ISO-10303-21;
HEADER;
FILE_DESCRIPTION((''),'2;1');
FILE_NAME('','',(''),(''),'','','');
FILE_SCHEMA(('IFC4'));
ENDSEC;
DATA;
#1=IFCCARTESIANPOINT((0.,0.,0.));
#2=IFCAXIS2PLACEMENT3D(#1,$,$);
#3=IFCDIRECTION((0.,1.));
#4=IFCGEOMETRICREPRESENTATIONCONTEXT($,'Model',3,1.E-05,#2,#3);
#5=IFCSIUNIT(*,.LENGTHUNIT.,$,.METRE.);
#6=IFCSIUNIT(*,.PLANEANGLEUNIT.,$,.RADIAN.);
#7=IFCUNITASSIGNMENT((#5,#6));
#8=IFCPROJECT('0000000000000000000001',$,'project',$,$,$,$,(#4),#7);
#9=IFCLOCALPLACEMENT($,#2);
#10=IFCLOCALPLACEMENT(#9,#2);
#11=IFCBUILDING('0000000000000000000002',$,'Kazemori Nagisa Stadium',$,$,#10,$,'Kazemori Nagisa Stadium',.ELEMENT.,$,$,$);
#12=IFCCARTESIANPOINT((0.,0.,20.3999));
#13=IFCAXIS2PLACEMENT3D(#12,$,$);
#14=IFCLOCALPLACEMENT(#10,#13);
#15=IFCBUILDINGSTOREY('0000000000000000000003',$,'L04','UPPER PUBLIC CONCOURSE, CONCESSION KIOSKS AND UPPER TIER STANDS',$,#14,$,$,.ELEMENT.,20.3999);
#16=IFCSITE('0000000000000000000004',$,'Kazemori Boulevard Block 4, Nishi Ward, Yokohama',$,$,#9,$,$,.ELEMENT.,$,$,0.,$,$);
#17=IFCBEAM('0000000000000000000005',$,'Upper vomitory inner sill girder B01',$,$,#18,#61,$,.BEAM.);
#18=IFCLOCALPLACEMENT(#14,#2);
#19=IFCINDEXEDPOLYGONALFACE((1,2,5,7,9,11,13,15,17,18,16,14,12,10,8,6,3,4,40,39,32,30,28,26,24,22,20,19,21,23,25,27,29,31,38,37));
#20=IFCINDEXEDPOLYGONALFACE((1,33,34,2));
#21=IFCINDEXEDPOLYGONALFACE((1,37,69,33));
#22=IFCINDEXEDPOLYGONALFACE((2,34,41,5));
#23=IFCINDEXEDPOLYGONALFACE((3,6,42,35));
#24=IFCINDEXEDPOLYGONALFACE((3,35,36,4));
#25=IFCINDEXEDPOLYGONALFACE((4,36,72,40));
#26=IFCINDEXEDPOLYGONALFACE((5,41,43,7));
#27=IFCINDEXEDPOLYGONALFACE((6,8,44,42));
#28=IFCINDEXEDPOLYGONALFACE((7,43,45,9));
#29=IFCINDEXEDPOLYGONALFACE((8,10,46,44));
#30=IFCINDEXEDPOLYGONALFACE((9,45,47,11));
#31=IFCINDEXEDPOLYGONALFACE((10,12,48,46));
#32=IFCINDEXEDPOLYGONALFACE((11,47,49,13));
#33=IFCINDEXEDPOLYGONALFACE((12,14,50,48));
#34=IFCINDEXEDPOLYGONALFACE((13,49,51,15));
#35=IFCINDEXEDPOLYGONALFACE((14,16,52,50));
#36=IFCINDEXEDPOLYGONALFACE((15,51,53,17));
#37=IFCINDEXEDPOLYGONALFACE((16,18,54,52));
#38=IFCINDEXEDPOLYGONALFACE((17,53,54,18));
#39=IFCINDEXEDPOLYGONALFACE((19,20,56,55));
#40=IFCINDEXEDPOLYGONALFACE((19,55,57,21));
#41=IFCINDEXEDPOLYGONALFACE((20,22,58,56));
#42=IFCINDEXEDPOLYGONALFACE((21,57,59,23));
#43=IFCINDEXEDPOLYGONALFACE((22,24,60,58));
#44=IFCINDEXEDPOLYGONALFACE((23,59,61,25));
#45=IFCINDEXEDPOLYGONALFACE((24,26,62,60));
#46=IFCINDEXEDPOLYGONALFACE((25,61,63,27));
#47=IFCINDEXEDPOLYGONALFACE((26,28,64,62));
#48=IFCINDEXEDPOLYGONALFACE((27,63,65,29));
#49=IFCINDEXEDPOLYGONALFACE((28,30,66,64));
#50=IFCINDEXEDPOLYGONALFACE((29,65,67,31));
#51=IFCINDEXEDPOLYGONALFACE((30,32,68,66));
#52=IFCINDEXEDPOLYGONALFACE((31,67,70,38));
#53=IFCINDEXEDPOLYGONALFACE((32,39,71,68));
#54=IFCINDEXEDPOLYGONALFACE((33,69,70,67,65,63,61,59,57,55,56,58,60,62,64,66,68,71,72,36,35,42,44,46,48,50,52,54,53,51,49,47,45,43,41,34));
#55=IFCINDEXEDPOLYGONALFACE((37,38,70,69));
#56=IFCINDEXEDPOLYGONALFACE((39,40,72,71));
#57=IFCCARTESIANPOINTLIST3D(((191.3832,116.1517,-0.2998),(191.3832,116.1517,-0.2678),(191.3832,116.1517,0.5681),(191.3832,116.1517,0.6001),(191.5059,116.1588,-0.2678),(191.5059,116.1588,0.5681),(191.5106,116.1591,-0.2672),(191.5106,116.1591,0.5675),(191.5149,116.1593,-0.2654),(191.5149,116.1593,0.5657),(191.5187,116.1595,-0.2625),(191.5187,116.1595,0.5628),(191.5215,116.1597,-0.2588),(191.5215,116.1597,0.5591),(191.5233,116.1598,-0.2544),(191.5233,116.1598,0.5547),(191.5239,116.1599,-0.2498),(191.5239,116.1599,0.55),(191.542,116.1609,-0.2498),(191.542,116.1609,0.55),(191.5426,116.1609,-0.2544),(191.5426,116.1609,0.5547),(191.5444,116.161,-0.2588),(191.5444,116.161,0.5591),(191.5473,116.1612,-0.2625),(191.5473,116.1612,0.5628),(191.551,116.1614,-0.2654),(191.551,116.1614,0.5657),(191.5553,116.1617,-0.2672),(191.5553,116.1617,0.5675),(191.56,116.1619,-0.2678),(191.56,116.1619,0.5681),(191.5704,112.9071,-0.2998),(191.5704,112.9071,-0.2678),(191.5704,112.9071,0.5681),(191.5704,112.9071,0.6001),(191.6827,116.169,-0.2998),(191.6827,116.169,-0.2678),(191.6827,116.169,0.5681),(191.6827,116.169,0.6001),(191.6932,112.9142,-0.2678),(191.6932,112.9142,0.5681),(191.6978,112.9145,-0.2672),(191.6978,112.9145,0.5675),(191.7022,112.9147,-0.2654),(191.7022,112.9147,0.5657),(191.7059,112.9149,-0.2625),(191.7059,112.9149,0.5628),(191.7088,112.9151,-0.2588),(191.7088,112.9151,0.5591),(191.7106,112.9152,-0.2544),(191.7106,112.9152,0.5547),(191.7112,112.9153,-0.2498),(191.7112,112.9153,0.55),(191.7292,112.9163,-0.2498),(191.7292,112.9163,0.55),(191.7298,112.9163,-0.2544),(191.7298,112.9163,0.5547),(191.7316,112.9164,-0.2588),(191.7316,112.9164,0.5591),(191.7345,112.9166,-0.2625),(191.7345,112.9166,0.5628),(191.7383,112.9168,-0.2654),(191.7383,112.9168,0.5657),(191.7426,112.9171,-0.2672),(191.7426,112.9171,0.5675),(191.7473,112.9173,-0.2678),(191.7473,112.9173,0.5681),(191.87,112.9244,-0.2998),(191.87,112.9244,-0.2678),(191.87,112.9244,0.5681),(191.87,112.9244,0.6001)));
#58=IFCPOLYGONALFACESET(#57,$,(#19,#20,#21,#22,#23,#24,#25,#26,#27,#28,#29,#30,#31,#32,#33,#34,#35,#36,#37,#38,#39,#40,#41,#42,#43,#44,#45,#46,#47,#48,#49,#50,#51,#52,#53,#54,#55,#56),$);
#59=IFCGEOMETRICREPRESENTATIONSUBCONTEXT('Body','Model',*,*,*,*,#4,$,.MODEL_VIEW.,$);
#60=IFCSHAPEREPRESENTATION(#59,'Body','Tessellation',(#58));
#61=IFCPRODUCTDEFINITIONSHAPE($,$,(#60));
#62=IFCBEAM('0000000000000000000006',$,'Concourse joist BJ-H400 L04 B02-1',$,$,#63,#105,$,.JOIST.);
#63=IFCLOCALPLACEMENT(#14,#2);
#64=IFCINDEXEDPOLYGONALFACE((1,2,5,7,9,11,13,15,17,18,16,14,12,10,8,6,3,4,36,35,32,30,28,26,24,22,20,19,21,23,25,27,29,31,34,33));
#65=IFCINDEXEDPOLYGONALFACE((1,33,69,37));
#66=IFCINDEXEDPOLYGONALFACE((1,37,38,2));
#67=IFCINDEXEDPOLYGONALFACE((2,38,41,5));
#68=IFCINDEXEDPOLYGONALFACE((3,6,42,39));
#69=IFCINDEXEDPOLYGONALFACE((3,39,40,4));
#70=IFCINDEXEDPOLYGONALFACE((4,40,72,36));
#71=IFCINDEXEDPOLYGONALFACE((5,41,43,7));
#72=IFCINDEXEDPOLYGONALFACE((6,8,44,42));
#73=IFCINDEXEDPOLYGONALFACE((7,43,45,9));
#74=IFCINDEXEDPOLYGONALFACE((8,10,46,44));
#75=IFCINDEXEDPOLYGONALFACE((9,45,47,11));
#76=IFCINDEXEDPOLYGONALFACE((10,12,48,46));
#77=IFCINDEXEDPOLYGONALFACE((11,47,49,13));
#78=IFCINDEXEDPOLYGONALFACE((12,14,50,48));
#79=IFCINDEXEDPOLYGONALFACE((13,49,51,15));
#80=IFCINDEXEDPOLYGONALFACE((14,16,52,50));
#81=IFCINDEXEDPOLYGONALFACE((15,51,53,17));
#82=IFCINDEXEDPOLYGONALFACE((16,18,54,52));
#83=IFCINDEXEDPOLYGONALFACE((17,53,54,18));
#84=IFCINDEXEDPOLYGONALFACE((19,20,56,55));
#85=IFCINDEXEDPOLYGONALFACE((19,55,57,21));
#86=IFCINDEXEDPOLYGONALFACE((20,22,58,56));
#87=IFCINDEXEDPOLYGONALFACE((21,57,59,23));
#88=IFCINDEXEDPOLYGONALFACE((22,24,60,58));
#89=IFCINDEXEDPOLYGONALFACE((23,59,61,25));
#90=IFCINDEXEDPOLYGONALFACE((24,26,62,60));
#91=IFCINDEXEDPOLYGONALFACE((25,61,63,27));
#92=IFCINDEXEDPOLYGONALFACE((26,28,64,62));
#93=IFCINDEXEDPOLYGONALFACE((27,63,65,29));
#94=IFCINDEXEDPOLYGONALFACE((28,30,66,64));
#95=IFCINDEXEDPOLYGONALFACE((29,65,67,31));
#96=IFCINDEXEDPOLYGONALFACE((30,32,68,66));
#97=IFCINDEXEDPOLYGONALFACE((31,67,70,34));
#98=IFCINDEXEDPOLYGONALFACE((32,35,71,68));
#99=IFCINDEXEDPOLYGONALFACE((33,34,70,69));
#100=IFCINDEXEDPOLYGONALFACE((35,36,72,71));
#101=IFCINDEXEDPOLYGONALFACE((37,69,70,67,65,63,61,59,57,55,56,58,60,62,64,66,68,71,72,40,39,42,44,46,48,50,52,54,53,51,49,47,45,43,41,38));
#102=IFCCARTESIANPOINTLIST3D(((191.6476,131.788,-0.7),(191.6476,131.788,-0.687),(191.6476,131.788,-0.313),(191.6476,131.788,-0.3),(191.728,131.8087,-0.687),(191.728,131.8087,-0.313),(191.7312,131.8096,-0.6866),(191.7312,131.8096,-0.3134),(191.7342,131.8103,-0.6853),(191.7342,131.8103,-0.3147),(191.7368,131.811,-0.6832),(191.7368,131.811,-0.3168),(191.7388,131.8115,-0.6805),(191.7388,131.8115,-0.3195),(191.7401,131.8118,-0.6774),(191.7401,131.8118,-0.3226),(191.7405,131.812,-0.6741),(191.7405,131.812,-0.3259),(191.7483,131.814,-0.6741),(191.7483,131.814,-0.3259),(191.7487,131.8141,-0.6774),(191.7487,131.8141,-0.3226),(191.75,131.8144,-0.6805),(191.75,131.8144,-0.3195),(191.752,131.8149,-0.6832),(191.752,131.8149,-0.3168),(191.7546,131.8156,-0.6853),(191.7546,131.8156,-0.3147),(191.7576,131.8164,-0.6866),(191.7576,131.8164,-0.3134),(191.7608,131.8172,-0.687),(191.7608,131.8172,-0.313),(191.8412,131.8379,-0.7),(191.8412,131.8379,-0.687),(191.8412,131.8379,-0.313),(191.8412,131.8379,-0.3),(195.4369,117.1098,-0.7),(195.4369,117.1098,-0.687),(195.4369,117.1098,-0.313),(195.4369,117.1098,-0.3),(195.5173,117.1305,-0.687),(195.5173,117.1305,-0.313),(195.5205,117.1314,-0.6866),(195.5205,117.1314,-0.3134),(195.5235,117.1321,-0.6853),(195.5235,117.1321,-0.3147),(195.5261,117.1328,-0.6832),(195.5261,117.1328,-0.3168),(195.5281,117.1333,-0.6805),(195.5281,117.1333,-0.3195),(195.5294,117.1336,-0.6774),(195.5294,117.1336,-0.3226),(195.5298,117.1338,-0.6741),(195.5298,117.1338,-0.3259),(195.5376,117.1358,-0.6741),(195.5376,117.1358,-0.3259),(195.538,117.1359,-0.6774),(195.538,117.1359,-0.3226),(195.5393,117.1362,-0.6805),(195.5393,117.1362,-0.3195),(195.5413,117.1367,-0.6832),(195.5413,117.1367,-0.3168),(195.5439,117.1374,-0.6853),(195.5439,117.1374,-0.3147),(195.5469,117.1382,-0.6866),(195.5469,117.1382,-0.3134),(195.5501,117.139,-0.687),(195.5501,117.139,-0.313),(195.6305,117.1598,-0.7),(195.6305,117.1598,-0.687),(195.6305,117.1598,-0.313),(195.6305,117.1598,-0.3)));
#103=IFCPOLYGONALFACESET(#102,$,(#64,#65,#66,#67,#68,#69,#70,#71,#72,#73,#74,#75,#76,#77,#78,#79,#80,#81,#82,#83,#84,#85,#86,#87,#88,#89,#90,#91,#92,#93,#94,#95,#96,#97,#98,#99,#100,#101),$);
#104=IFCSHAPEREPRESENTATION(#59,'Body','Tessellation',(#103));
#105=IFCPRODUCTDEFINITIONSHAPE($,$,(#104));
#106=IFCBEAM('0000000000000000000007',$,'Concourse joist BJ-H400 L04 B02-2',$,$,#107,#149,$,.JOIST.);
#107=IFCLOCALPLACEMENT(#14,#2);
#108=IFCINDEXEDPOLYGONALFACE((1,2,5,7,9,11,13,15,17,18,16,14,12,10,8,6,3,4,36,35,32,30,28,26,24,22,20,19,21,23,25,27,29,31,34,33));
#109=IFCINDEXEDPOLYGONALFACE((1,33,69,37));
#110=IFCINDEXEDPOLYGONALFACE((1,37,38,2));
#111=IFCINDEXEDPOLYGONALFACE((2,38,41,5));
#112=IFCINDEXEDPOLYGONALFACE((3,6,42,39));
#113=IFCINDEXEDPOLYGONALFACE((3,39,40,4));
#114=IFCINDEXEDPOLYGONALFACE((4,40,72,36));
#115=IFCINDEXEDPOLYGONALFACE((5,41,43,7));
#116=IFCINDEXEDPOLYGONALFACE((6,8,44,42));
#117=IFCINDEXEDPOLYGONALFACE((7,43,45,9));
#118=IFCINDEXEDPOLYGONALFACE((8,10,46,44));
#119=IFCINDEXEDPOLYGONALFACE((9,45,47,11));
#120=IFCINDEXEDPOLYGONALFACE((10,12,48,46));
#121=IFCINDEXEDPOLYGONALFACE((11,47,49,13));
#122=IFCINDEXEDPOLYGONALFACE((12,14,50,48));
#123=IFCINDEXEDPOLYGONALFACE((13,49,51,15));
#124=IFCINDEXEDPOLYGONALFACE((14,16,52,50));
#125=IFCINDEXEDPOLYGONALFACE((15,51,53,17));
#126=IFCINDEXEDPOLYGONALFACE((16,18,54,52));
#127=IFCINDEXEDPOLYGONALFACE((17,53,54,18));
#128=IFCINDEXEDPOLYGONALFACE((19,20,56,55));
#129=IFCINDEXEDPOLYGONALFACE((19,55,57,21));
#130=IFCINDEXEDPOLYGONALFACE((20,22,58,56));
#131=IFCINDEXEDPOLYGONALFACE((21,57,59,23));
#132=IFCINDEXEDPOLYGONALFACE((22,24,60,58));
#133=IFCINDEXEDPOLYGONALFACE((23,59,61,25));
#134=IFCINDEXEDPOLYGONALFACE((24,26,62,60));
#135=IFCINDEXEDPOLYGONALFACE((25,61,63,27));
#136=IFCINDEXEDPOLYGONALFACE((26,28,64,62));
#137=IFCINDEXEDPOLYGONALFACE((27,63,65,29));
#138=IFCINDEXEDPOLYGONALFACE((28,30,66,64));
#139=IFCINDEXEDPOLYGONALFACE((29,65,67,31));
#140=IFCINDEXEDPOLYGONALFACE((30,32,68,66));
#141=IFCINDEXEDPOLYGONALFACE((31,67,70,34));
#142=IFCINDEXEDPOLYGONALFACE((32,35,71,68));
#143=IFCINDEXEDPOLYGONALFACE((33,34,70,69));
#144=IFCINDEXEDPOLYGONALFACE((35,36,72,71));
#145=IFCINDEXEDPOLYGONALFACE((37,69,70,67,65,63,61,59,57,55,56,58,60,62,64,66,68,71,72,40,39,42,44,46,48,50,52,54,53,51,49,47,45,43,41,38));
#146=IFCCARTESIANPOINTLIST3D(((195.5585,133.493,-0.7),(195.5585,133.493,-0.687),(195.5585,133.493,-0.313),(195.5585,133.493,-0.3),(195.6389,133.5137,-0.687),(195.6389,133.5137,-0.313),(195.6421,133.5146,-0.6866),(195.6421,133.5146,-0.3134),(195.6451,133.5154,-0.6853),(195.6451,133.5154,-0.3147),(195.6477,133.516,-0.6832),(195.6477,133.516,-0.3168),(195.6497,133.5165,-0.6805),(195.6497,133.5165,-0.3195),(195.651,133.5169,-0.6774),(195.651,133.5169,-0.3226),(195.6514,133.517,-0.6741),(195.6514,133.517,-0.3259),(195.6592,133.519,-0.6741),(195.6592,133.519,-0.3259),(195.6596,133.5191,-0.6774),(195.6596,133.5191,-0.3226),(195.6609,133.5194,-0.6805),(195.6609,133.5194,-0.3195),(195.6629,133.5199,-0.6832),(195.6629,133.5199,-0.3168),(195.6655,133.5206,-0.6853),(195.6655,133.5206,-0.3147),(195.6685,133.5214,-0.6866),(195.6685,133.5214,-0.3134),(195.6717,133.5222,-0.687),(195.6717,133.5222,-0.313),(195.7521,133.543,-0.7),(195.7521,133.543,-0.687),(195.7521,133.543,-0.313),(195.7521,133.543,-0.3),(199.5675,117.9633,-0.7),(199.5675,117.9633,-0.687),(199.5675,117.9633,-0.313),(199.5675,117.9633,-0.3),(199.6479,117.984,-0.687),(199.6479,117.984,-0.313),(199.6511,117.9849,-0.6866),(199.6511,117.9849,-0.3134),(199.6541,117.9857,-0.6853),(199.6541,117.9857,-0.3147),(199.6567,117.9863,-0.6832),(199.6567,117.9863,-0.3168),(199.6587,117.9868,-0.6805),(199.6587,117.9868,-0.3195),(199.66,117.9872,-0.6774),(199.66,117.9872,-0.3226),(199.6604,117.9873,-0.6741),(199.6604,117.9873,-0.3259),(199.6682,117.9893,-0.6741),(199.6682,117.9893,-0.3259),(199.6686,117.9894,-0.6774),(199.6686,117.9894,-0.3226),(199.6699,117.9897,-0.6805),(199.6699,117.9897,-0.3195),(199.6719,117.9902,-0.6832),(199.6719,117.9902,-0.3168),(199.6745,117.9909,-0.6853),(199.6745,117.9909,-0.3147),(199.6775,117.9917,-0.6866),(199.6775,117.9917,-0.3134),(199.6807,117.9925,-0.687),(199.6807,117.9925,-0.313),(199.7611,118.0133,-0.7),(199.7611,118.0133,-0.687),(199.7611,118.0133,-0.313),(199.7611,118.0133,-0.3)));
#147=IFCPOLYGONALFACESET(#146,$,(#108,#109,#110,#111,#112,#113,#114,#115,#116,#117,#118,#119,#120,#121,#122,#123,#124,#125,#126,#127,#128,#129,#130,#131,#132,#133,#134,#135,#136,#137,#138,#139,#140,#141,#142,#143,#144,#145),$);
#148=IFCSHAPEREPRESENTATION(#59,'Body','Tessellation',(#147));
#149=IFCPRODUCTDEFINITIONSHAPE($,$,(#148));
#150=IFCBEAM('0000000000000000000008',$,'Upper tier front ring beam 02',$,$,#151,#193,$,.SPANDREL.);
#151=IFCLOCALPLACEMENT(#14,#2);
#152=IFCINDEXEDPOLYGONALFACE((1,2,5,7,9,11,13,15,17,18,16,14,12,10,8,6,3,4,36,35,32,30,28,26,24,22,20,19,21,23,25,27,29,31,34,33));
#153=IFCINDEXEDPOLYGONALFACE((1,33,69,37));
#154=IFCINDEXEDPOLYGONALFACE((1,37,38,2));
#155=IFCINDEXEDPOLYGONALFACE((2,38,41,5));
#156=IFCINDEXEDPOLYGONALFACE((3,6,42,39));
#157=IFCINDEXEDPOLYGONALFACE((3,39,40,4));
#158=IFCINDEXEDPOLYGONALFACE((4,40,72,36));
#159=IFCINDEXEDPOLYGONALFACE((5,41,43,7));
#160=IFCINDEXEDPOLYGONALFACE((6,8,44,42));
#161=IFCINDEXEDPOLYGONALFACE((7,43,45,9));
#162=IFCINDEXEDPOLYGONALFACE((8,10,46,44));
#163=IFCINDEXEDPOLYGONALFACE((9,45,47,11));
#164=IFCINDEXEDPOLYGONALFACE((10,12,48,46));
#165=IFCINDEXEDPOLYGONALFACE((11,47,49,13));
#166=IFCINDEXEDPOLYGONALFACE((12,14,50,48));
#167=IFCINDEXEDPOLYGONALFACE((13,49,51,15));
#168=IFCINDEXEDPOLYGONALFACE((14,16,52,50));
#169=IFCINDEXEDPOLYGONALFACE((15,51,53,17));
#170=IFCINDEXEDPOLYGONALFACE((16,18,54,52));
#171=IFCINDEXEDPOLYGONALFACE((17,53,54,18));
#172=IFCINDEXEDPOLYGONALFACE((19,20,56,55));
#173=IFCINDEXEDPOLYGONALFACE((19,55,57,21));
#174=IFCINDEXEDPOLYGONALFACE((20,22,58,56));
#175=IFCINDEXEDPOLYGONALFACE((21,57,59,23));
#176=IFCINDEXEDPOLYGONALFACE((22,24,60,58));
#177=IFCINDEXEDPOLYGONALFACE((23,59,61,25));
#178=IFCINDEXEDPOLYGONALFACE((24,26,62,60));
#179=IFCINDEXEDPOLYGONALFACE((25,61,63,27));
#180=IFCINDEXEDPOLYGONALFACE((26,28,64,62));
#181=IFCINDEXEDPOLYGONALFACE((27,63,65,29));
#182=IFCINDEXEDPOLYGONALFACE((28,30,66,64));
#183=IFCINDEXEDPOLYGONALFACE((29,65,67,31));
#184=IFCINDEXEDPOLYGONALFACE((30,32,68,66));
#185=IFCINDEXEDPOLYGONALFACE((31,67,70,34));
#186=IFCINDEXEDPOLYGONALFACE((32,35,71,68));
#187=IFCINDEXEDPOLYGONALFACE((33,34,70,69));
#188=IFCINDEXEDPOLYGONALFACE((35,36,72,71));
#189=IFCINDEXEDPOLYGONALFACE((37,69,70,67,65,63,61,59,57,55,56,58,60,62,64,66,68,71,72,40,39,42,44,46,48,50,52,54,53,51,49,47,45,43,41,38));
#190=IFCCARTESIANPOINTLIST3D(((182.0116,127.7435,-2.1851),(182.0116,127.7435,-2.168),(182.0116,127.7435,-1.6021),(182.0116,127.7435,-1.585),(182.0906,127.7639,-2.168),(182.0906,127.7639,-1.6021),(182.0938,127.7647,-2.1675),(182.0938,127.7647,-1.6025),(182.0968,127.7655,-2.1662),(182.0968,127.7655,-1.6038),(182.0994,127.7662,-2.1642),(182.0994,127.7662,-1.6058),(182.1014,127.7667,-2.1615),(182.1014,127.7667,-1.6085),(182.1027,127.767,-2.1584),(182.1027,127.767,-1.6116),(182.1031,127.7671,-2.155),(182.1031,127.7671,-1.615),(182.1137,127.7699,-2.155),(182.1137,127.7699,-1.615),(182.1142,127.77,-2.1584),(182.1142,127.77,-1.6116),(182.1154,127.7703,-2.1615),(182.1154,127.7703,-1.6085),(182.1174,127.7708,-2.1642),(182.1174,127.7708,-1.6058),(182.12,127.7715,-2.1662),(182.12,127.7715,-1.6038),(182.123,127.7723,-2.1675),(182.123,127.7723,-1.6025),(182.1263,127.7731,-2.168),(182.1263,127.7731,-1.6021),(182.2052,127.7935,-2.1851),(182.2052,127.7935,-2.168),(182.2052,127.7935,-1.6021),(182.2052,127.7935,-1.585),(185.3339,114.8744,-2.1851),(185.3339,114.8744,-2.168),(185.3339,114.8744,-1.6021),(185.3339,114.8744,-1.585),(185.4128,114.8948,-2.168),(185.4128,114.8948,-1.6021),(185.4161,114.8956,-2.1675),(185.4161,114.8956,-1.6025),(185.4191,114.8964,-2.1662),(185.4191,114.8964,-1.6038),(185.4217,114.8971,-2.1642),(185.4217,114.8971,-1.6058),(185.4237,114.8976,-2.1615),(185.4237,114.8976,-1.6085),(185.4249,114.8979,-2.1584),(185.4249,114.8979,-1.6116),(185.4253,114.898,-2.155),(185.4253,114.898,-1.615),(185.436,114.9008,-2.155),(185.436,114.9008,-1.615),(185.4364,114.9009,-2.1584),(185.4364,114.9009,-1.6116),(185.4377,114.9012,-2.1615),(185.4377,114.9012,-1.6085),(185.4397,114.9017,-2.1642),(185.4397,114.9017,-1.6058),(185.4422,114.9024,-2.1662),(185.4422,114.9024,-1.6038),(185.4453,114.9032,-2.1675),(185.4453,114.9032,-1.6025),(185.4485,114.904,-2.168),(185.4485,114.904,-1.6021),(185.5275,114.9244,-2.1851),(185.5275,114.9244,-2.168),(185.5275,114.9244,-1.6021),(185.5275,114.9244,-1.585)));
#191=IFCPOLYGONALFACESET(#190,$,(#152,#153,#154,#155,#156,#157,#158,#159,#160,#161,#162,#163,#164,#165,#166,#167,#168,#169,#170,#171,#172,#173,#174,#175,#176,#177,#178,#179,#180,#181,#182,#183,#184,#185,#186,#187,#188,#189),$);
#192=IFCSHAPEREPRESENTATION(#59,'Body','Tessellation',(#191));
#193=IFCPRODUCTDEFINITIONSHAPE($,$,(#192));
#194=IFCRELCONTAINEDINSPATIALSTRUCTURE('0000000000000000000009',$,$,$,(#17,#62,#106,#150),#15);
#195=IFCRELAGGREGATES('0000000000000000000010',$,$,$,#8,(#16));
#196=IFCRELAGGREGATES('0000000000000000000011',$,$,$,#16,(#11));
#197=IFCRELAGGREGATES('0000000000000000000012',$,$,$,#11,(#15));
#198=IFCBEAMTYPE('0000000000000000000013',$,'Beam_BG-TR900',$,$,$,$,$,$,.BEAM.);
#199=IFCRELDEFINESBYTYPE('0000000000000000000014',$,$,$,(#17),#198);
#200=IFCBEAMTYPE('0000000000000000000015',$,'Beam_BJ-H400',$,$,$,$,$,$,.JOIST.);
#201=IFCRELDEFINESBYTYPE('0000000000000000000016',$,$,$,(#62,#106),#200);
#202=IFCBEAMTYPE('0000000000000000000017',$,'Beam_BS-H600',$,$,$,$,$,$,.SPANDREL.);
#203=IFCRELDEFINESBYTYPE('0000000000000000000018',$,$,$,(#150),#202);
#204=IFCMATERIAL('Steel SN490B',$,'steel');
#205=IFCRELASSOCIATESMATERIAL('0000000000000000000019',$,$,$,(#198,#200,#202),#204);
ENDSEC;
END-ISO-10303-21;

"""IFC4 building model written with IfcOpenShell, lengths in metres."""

from ifc_helpers import new_model, si_unit, direction, frame, origin, origin_2d, place, context, subcontext, project, spatial, i_section, extrude, material, material_profile, profile_set, type_object, element, save


model = new_model("IFC4")

# Units and contexts
model_context = context("Model", 3, precision=1e-05, world=origin(), true_north=direction((0.0, 1.0)))
body_context = subcontext(model_context, "Body", "Model", "MODEL_VIEW")
ifc_project = project(units=[si_unit("LENGTHUNIT", "METRE"), si_unit("PLANEANGLEUNIT", "RADIAN")], contexts=[model_context])

# Site, building, storey
site_placement = place(None, origin())
site = spatial("IfcSite", under=ifc_project, at=site_placement, Name="Kazemori Boulevard Block 4, Nishi Ward, Yokohama", CompositionType="ELEMENT", RefElevation=0.0)
building_placement = place(site_placement, origin())
building = spatial("IfcBuilding", under=site, at=building_placement, Name="Kazemori Nagisa Stadium", LongName="Kazemori Nagisa Stadium", CompositionType="ELEMENT")
storey_placement = place(building_placement, frame((0.0, 0.0, 20.3999)))
storey = spatial("IfcBuildingStorey", under=building, at=storey_placement, Name="L04", Description="UPPER PUBLIC CONCOURSE, CONCESSION KIOSKS AND UPPER TIER STANDS", CompositionType="ELEMENT", Elevation=20.3999)

# Beams
ifc_material_1 = material(Name="Steel SN490B", Category="steel")
ifc_material_profile_1 = material_profile(ifc_material_1, i_section(OverallWidth=0.3, OverallDepth=0.8999, WebThickness=0.0181, FlangeThickness=0.032, FilletRadius=0.0181, at=origin_2d()), Name="H-900x300x18x32")
ifc_profile_set_1 = profile_set([ifc_material_profile_1], Name="Steel SN490B")
beam_type_1 = type_object("IfcBeamType", Name="Beam_BG-TR900", PredefinedType="BEAM", material=ifc_profile_set_1)
beam_1_placement = place(storey_placement, frame((191.7202, 112.9158, 0.1501), z_axis=(-0.057617, 0.998339, 0.0), x_axis=(-0.998339, -0.057617, 0.0)))
element("IfcBeam", 1, at=beam_1_placement, inside=storey, type_object=beam_type_1, Name="Upper vomitory inner sill girder B01", PredefinedType="BEAM", context=body_context, shape_type="SweptSolid", body=[
    extrude(i_section(OverallWidth=0.3, OverallDepth=0.8999, WebThickness=0.0181, FlangeThickness=0.032, FilletRadius=0.0181, at=origin_2d()), origin(), (0.0, 0.0, 1.0), 3.25),
])
ifc_material_profile_2 = material_profile(ifc_material_1, i_section(OverallWidth=0.2, OverallDepth=0.3999, WebThickness=0.0081, FlangeThickness=0.0129, FilletRadius=0.0129, at=origin_2d()), Name="H-400x200x8x13")
ifc_profile_set_2 = profile_set([ifc_material_profile_2], Name="Steel SN490B")
beam_type_2 = type_object("IfcBeamType", Name="Beam_BJ-H400", PredefinedType="JOIST", material=ifc_profile_set_2)
beam_2_placement = place(storey_placement, frame((195.5337, 117.1348, -0.5), z_axis=(-0.249963, 0.968255, 0.0), x_axis=(-0.968255, -0.249963, 0.0)))
element("IfcBeam", 2, at=beam_2_placement, inside=storey, type_object=beam_type_2, Name="Concourse joist BJ-H400 L04 B02-1", PredefinedType="JOIST", context=body_context, shape_type="SweptSolid", body=[
    extrude(i_section(OverallWidth=0.2, OverallDepth=0.3999, WebThickness=0.0081, FlangeThickness=0.0129, FilletRadius=0.0129, at=origin_2d()), origin(), (0.0, 0.0, 1.0), 15.1594),
])
beam_3_placement = place(storey_placement, frame((199.6643, 117.9883, -0.5), z_axis=(-0.249957, 0.968257, 0.0), x_axis=(-0.968257, -0.249957, 0.0)))
element("IfcBeam", 3, at=beam_3_placement, inside=storey, type_object=beam_type_2, Name="Concourse joist BJ-H400 L04 B02-2", PredefinedType="JOIST", context=body_context, shape_type="SweptSolid", body=[
    extrude(i_section(OverallWidth=0.2, OverallDepth=0.3999, WebThickness=0.0081, FlangeThickness=0.0129, FilletRadius=0.0129, at=origin_2d()), origin(), (0.0, 0.0, 1.0), 16.0388),
])
ifc_material_profile_3 = material_profile(ifc_material_1, i_section(OverallWidth=0.2, OverallDepth=0.6001, WebThickness=0.011, FlangeThickness=0.0171, FilletRadius=0.0129, at=origin_2d()), Name="H-600x200x11x17")
ifc_profile_set_3 = profile_set([ifc_material_profile_3], Name="Steel SN490B")
beam_type_3 = type_object("IfcBeamType", Name="Beam_BS-H600", PredefinedType="SPANDREL", material=ifc_profile_set_3)
beam_4_placement = place(storey_placement, frame((185.4307, 114.8994, -1.885), z_axis=(-0.249962, 0.968256, 0.0), x_axis=(-0.968256, -0.249962, 0.0)))
element("IfcBeam", 4, at=beam_4_placement, inside=storey, type_object=beam_type_3, Name="Upper tier front ring beam 02", PredefinedType="SPANDREL", context=body_context, shape_type="SweptSolid", body=[
    extrude(i_section(OverallWidth=0.2, OverallDepth=0.6001, WebThickness=0.011, FlangeThickness=0.0171, FilletRadius=0.0129, at=origin_2d()), origin(), (0.0, 0.0, 1.0), 13.291),
])

save(model, "model.ifc")
